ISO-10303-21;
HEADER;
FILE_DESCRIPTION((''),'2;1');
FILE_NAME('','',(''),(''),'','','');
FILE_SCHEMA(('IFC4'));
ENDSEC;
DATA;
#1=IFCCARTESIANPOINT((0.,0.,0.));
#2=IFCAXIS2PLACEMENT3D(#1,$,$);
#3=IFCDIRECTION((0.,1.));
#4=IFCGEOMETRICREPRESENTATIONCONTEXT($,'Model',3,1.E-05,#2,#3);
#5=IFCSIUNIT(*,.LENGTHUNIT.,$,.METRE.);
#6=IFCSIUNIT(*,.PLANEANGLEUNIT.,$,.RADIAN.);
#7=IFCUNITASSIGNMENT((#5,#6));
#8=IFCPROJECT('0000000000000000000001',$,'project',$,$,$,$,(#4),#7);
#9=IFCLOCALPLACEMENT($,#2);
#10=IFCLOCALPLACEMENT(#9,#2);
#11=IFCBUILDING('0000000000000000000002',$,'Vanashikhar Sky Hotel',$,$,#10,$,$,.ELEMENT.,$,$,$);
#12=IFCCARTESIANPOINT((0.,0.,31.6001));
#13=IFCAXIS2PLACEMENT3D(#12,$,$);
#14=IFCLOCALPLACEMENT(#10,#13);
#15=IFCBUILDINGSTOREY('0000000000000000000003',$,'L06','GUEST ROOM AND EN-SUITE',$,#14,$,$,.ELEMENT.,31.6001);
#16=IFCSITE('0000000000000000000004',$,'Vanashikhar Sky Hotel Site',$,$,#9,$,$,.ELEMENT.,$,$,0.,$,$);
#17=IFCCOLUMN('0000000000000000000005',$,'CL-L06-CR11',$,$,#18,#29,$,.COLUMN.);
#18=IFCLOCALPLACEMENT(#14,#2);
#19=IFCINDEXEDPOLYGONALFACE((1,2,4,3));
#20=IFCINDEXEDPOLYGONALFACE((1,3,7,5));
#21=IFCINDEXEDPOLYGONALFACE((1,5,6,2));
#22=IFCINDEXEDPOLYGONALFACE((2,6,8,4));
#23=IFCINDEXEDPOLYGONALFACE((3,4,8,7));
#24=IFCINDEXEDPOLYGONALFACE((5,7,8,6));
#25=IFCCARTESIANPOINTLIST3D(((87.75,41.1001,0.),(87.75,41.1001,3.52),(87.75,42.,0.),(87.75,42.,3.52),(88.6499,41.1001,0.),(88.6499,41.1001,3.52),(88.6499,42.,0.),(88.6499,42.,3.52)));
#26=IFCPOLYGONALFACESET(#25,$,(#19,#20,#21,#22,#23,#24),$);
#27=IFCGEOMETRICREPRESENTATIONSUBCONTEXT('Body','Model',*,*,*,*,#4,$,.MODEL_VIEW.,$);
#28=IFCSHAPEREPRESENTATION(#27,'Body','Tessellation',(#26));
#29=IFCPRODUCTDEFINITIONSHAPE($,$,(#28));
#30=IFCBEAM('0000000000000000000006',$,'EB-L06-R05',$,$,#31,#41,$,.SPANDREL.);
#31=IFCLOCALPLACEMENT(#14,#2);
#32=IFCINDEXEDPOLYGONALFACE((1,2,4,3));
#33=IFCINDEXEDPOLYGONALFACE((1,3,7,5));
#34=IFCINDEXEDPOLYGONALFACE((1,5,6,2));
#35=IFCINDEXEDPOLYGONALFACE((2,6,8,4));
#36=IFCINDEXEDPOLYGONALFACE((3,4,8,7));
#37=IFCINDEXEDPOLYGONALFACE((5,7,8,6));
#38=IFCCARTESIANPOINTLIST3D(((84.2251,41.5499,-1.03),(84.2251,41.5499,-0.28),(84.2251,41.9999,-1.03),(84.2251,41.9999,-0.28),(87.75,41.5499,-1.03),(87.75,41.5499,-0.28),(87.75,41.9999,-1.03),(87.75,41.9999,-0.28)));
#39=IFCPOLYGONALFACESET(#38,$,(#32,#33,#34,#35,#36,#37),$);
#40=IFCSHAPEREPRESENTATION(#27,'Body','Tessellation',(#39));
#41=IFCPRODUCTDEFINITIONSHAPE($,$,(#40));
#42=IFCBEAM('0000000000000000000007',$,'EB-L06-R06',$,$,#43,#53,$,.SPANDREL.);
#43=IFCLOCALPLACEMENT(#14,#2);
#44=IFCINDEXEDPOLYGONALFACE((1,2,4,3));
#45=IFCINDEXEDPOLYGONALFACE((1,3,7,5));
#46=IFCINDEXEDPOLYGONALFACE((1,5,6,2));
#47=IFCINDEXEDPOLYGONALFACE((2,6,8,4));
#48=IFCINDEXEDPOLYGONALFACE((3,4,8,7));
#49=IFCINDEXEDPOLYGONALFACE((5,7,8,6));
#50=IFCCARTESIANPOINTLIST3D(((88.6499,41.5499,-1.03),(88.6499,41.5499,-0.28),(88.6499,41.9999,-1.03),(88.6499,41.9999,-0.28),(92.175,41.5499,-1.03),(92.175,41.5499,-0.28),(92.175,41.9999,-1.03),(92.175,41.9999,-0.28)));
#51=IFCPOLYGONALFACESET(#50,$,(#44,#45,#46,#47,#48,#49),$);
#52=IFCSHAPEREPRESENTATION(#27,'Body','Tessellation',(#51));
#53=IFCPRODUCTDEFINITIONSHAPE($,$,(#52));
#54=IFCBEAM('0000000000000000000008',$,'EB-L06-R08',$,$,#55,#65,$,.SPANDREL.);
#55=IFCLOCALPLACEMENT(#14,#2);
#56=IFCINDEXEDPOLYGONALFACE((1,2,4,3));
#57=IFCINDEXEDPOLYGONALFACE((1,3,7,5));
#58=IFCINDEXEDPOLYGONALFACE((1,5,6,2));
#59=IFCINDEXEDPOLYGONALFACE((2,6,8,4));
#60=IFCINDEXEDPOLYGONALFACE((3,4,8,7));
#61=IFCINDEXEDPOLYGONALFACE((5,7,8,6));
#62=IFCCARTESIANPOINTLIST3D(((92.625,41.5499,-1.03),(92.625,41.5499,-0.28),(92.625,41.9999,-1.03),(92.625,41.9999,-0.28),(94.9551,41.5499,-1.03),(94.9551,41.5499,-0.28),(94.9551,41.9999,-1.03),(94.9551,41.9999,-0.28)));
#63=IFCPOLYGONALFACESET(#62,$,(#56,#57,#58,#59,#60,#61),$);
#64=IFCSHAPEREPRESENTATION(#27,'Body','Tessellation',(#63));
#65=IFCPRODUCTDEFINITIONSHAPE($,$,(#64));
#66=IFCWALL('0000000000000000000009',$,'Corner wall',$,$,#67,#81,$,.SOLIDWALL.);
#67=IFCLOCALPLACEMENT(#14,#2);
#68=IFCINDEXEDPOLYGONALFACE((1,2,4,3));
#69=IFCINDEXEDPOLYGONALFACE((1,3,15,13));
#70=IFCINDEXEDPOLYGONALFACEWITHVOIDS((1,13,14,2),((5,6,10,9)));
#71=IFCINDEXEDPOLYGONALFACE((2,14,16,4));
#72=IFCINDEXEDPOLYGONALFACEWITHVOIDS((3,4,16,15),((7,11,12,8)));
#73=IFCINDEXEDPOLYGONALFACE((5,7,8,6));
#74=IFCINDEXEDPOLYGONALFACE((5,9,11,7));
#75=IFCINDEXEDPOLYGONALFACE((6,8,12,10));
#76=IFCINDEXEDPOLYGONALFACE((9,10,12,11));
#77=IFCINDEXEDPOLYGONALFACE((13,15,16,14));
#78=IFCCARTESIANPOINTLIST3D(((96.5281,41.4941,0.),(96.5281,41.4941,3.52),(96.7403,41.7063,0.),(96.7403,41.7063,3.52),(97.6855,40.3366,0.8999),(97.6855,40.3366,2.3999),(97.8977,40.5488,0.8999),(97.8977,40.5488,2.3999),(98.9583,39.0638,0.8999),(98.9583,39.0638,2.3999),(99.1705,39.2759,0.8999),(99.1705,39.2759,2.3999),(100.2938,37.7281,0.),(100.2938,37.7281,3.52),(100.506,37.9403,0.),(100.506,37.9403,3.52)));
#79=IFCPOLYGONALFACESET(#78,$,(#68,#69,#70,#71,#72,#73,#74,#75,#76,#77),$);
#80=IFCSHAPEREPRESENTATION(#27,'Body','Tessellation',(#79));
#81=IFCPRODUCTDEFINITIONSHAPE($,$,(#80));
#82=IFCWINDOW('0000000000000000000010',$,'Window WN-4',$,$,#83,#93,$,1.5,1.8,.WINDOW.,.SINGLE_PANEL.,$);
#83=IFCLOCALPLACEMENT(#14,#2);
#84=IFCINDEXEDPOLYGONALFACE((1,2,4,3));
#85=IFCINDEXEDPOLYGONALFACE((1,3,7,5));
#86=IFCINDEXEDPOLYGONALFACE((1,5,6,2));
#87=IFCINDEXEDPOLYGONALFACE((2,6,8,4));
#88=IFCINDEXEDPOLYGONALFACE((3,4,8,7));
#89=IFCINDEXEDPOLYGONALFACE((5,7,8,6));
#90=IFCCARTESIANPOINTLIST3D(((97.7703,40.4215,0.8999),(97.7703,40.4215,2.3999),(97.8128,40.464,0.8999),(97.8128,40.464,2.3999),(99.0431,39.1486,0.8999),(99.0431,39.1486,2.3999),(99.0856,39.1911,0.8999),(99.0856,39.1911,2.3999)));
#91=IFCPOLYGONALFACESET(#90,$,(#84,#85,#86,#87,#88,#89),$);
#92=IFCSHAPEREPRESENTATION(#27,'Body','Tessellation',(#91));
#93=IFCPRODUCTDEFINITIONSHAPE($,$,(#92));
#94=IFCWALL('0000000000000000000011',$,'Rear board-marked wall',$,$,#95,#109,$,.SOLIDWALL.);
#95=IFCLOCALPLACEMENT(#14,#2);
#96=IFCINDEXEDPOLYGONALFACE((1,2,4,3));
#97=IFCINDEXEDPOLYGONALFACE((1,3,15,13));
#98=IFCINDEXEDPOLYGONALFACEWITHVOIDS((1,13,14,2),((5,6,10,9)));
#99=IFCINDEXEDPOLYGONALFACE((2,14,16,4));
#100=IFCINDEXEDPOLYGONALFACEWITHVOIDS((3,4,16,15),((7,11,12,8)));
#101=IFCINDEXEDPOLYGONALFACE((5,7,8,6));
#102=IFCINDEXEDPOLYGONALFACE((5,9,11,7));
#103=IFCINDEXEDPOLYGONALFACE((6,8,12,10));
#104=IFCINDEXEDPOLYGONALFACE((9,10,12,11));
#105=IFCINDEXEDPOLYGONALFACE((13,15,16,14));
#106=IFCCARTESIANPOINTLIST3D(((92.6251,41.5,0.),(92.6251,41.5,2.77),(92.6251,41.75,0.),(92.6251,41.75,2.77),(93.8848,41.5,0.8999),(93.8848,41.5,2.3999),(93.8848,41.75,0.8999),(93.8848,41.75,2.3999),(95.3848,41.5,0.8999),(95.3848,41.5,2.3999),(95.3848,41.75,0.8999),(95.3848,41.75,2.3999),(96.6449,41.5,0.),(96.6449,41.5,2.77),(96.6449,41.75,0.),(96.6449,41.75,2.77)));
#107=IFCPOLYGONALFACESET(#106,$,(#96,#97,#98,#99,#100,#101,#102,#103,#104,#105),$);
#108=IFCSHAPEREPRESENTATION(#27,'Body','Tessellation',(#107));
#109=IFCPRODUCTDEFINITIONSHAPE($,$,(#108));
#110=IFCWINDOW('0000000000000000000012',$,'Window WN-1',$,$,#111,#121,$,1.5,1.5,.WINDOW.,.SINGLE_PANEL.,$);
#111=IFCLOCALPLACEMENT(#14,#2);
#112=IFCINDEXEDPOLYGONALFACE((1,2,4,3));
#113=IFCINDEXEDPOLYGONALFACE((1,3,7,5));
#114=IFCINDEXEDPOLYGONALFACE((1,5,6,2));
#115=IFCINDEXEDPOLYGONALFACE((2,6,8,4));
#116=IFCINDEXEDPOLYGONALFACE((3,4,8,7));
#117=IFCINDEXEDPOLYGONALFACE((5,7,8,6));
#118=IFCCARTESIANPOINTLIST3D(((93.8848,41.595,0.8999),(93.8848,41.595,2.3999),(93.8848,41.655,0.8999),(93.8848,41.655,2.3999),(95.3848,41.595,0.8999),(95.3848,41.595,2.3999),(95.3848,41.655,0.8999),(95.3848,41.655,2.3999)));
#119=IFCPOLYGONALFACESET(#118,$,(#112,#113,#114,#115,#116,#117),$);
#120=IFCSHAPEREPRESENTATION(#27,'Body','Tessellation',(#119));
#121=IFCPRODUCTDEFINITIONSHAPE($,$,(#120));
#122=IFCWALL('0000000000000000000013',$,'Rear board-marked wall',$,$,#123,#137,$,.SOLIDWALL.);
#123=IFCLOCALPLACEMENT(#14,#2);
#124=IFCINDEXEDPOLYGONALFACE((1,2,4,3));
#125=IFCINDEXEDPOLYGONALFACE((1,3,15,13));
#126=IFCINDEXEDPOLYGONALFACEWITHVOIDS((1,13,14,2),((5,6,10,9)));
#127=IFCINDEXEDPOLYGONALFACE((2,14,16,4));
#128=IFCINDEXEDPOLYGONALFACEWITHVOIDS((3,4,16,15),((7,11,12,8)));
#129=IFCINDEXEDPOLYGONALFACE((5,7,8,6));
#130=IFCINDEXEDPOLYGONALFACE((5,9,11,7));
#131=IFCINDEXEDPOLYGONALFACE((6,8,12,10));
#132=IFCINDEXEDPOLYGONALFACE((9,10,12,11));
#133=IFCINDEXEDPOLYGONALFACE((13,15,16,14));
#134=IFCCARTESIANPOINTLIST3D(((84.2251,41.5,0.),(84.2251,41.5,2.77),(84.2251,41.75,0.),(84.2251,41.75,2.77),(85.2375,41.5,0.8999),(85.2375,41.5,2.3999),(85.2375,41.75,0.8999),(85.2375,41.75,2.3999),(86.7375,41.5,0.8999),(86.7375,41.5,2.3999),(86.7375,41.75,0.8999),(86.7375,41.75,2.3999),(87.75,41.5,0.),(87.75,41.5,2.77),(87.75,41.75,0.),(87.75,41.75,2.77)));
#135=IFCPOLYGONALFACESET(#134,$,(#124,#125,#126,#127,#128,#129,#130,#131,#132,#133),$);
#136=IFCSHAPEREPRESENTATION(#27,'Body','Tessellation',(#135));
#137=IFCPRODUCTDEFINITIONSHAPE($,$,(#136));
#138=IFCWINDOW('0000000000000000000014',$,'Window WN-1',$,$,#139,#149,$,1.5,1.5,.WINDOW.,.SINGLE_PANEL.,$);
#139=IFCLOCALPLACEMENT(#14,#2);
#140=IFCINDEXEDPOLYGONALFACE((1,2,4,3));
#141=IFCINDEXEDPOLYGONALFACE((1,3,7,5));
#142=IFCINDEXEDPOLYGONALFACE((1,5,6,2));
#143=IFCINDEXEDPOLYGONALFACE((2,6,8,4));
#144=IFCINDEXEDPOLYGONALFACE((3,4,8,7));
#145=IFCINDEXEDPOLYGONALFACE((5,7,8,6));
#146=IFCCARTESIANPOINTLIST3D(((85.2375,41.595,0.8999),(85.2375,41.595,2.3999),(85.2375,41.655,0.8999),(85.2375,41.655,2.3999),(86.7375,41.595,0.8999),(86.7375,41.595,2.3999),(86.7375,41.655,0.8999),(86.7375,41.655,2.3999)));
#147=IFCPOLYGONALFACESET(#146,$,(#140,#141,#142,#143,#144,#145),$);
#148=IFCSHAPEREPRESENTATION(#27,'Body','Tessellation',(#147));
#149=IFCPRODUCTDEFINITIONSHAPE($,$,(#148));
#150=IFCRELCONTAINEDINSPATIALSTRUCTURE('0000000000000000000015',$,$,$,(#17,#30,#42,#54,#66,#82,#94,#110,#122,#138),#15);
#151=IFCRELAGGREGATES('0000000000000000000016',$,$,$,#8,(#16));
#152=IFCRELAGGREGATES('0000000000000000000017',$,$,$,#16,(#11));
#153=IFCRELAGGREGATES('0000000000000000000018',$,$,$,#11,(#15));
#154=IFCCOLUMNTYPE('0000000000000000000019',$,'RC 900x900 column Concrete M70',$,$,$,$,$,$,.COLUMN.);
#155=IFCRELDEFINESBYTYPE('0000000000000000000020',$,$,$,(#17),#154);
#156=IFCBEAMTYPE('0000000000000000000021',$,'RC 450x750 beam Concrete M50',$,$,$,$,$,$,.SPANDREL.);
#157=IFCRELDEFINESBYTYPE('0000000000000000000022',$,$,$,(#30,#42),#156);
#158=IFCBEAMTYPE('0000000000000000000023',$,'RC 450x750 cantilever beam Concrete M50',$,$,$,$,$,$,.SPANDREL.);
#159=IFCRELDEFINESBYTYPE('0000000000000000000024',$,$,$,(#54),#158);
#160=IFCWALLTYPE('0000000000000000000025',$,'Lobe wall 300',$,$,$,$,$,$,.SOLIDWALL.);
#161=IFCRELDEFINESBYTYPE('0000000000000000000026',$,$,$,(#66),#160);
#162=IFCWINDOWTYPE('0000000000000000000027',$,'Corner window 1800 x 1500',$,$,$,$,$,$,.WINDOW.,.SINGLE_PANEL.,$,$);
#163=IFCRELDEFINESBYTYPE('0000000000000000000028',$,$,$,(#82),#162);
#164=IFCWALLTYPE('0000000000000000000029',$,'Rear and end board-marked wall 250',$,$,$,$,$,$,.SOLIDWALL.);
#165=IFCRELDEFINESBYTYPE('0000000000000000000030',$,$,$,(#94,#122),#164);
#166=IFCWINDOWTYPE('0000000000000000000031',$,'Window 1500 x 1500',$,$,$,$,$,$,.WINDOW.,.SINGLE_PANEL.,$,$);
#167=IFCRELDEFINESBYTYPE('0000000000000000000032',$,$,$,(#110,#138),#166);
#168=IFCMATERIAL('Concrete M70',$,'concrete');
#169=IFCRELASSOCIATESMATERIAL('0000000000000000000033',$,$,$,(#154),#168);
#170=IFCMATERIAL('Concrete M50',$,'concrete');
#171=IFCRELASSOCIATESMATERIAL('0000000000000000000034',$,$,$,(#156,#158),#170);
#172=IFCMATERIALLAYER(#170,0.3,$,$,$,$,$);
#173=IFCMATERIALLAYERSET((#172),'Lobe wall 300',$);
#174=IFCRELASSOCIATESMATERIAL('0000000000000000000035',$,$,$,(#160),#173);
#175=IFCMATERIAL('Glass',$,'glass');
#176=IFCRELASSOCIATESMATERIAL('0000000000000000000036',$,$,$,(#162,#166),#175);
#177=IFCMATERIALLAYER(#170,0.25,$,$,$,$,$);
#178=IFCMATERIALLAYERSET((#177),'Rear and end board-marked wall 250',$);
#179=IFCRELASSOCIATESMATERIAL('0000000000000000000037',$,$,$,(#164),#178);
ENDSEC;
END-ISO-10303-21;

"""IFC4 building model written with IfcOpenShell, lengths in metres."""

from ifc_helpers import new_model, si_unit, direction, frame, frame_2d, origin, origin_2d, place, context, subcontext, project, spatial, rectangle, extrude, source, transform, mapped, material, layer, layer_set, material_profile, profile_set, type_object, element, fill, save


model = new_model("IFC4")

# Units and contexts
model_context = context("Model", 3, precision=1e-05, world=origin(), true_north=direction((0.0, 1.0)))
body_context = subcontext(model_context, "Body", "Model", "MODEL_VIEW")
ifc_project = project(units=[si_unit("LENGTHUNIT", "METRE"), si_unit("PLANEANGLEUNIT", "RADIAN")], contexts=[model_context])

# Site, building, storey
site_placement = place(None, origin())
site = spatial("IfcSite", under=ifc_project, at=site_placement, Name="Vanashikhar Sky Hotel Site", CompositionType="ELEMENT", RefElevation=0.0)
building_placement = place(site_placement, origin())
building = spatial("IfcBuilding", under=site, at=building_placement, Name="Vanashikhar Sky Hotel", CompositionType="ELEMENT")
storey_placement = place(building_placement, frame((0.0, 0.0, 31.6001)))
storey = spatial("IfcBuildingStorey", under=building, at=storey_placement, Name="L06", Description="GUEST ROOM AND EN-SUITE", CompositionType="ELEMENT", Elevation=31.6001)

# Column
ifc_material_1 = material(Name="Concrete M70", Category="concrete")
ifc_material_profile_1 = material_profile(ifc_material_1, rectangle(XDim=0.8999, YDim=0.8999, at=origin_2d()))
ifc_profile_set_1 = profile_set([ifc_material_profile_1], Name="RC 900x900 column Concrete M70")
column_type = type_object("IfcColumnType", Name="RC 900x900 column Concrete M70", PredefinedType="COLUMN", material=ifc_profile_set_1)
shared_shape_1 = source(origin(), body_context, "Body", "SweptSolid", [
    extrude(rectangle(XDim=0.8999, YDim=0.8999, at=origin_2d()), origin(), (0.0, 0.0, 1.0), 3.52),
])
column_placement = place(storey_placement, frame((88.2, 41.55, 0.0), z_axis=(0.0, 0.0, 1.0), x_axis=(1.0, 0.0, 0.0)))
element("IfcColumn", 1, at=column_placement, inside=storey, type_object=column_type, Name="CL-L06-CR11", PredefinedType="COLUMN", context=body_context, shape_type="MappedRepresentation", body=[
    mapped(shared_shape_1, transform((0.0, 0.0, 0.0), scale=1.0)),
])

# Beams
ifc_material_2 = material(Name="Concrete M50", Category="concrete")
ifc_material_profile_2 = material_profile(ifc_material_2, rectangle(XDim=0.45, YDim=0.75, at=origin_2d()))
ifc_profile_set_2 = profile_set([ifc_material_profile_2], Name="RC 450x750 beam Concrete M50")
beam_type_1 = type_object("IfcBeamType", Name="RC 450x750 beam Concrete M50", PredefinedType="SPANDREL", material=ifc_profile_set_2)
shared_shape_2 = source(origin(), body_context, "Body", "SweptSolid", [
    extrude(rectangle(XDim=0.45, YDim=0.75, at=origin_2d()), origin(), (0.0, 0.0, 1.0), 3.5249),
])
beam_1_placement = place(storey_placement, frame((84.2251, 41.7749, -0.655), z_axis=(1.0, 0.0, 0.0), x_axis=(0.0, 1.0, 0.0)))
element("IfcBeam", 2, at=beam_1_placement, inside=storey, type_object=beam_type_1, Name="EB-L06-R05", PredefinedType="SPANDREL", context=body_context, shape_type="MappedRepresentation", body=[
    mapped(shared_shape_2, transform((0.0, 0.0, 0.0), scale=1.0)),
])
shared_shape_3 = source(origin(), body_context, "Body", "SweptSolid", [
    extrude(rectangle(XDim=0.45, YDim=0.75, at=origin_2d()), origin(), (0.0, 0.0, 1.0), 3.5251),
])
beam_2_placement = place(storey_placement, frame((88.6499, 41.7749, -0.655), z_axis=(1.0, 0.0, 0.0), x_axis=(0.0, 1.0, 0.0)))
element("IfcBeam", 3, at=beam_2_placement, inside=storey, type_object=beam_type_1, Name="EB-L06-R06", PredefinedType="SPANDREL", context=body_context, shape_type="MappedRepresentation", body=[
    mapped(shared_shape_3, transform((0.0, 0.0, 0.0), scale=1.0)),
])
ifc_material_profile_3 = material_profile(ifc_material_2, rectangle(XDim=0.45, YDim=0.75, at=origin_2d()))
ifc_profile_set_3 = profile_set([ifc_material_profile_3], Name="RC 450x750 cantilever beam Concrete M50")
beam_type_2 = type_object("IfcBeamType", Name="RC 450x750 cantilever beam Concrete M50", PredefinedType="SPANDREL", material=ifc_profile_set_3)
shared_shape_4 = source(origin(), body_context, "Body", "SweptSolid", [
    extrude(rectangle(XDim=0.45, YDim=0.75, at=origin_2d()), origin(), (0.0, 0.0, 1.0), 2.3301),
])
beam_3_placement = place(storey_placement, frame((92.625, 41.7749, -0.655), z_axis=(1.0, 0.0, 0.0), x_axis=(0.0, 1.0, 0.0)))
element("IfcBeam", 4, at=beam_3_placement, inside=storey, type_object=beam_type_2, Name="EB-L06-R08", PredefinedType="SPANDREL", context=body_context, shape_type="MappedRepresentation", body=[
    mapped(shared_shape_4, transform((0.0, 0.0, 0.0), scale=1.0)),
])

# Walls, openings, windows
ifc_layer_1 = layer(ifc_material_2, 0.3)
ifc_layer_set_1 = layer_set([ifc_layer_1], Name="Lobe wall 300")
wall_type_1 = type_object("IfcWallType", Name="Lobe wall 300", PredefinedType="SOLIDWALL", material=ifc_layer_set_1)
shared_shape_5 = source(origin(), body_context, "Body", "SweptSolid", [
    extrude(rectangle(XDim=5.3257, YDim=0.3, at=frame_2d((2.6628, 0.0))), origin(), (0.0, 0.0, 1.0), 3.52),
])
wall_1_placement = place(storey_placement, frame((100.3999, 37.8342, 0.0), z_axis=(0.0, 0.0, 1.0), x_axis=(-0.707084, 0.70713, 0.0)))
wall_1 = element("IfcWall", 5, at=wall_1_placement, inside=storey, type_object=wall_type_1, Name="Corner wall", PredefinedType="SOLIDWALL", context=body_context, shape_type="MappedRepresentation", body=[
    mapped(shared_shape_5, transform((0.0, 0.0, 0.0), scale=1.0)),
])
shared_shape_6 = source(origin(), body_context, "Body", "SweptSolid", [
    extrude(rectangle(XDim=1.8, YDim=1.5, at=frame_2d((0.8999, 0.75))), frame((0.0, 0.1602, 0.0), z_axis=(0.0, -1.0, 0.0), x_axis=(1.0, 0.0, 0.0)), (0.0, 0.0, 1.0), 0.3201),
])
opening_1_placement = place(wall_1_placement, frame((1.8889, 0.0, 0.8999)))
opening_1 = element("IfcOpeningElement", 6, at=opening_1_placement, cuts=wall_1, PredefinedType="OPENING", context=body_context, shape_type="MappedRepresentation", body=[
    mapped(shared_shape_6, transform((0.0, 0.0, 0.0), scale=1.0)),
])
ifc_material_3 = material(Name="Glass", Category="glass")
window_type_1 = type_object("IfcWindowType", Name="Corner window 1800 x 1500", PartitioningType="SINGLE_PANEL", PredefinedType="WINDOW", material=ifc_material_3)
shared_shape_7 = source(origin(), body_context, "Body", "SweptSolid", [
    extrude(rectangle(XDim=1.8, YDim=1.5, at=frame_2d((0.8999, 0.75))), frame((0.0, 0.03, 0.0), z_axis=(0.0, -1.0, 0.0), x_axis=(1.0, 0.0, 0.0)), (0.0, 0.0, 1.0), 0.0601),
])
window_1_placement = place(opening_1_placement, origin())
window_1 = element("IfcWindow", 7, at=window_1_placement, inside=storey, type_object=window_type_1, Name="Window WN-4", OverallHeight=1.5, OverallWidth=1.8, PartitioningType="SINGLE_PANEL", PredefinedType="WINDOW", context=body_context, shape_type="MappedRepresentation", body=[
    mapped(shared_shape_7, transform((0.0, 0.0, 0.0), scale=1.0)),
])
fill(opening_1, window_1)
ifc_layer_2 = layer(ifc_material_2, 0.25)
ifc_layer_set_2 = layer_set([ifc_layer_2], Name="Rear and end board-marked wall 250")
wall_type_2 = type_object("IfcWallType", Name="Rear and end board-marked wall 250", PredefinedType="SOLIDWALL", material=ifc_layer_set_2)
shared_shape_8 = source(origin(), body_context, "Body", "SweptSolid", [
    extrude(rectangle(XDim=4.0198, YDim=0.25, at=frame_2d((2.0098, 0.0))), origin(), (0.0, 0.0, 1.0), 2.77),
])
wall_2_placement = place(storey_placement, frame((96.6448, 41.625, 0.0), z_axis=(0.0, 0.0, 1.0), x_axis=(-1.0, 0.0, 0.0)))
wall_2 = element("IfcWall", 8, at=wall_2_placement, inside=storey, type_object=wall_type_2, Name="Rear board-marked wall", PredefinedType="SOLIDWALL", context=body_context, shape_type="MappedRepresentation", body=[
    mapped(shared_shape_8, transform((0.0, 0.0, 0.0), scale=1.0)),
])
shared_shape_9 = source(origin(), body_context, "Body", "SweptSolid", [
    extrude(rectangle(XDim=1.5, YDim=1.5, at=frame_2d((0.75, 0.75))), frame((0.0, 0.135, 0.0), z_axis=(0.0, -1.0, 0.0), x_axis=(1.0, 0.0, 0.0)), (0.0, 0.0, 1.0), 0.27),
])
opening_2_placement = place(wall_2_placement, frame((1.26, 0.0, 0.8999)))
opening_2 = element("IfcOpeningElement", 9, at=opening_2_placement, cuts=wall_2, PredefinedType="OPENING", context=body_context, shape_type="MappedRepresentation", body=[
    mapped(shared_shape_9, transform((0.0, 0.0, 0.0), scale=1.0)),
])
window_type_2 = type_object("IfcWindowType", Name="Window 1500 x 1500", PartitioningType="SINGLE_PANEL", PredefinedType="WINDOW", material=ifc_material_3)
shared_shape_10 = source(origin(), body_context, "Body", "SweptSolid", [
    extrude(rectangle(XDim=1.5, YDim=1.5, at=frame_2d((0.75, 0.75))), frame((0.0, 0.03, 0.0), z_axis=(0.0, -1.0, 0.0), x_axis=(1.0, 0.0, 0.0)), (0.0, 0.0, 1.0), 0.0601),
])
window_2_placement = place(opening_2_placement, origin())
window_2 = element("IfcWindow", 10, at=window_2_placement, inside=storey, type_object=window_type_2, Name="Window WN-1", OverallHeight=1.5, OverallWidth=1.5, PartitioningType="SINGLE_PANEL", PredefinedType="WINDOW", context=body_context, shape_type="MappedRepresentation", body=[
    mapped(shared_shape_10, transform((0.0, 0.0, 0.0), scale=1.0)),
])
fill(opening_2, window_2)
shared_shape_11 = source(origin(), body_context, "Body", "SweptSolid", [
    extrude(rectangle(XDim=3.5249, YDim=0.25, at=frame_2d((1.7625, 0.0))), origin(), (0.0, 0.0, 1.0), 2.77),
])
wall_3_placement = place(storey_placement, frame((87.75, 41.625, 0.0), z_axis=(0.0, 0.0, 1.0), x_axis=(-1.0, 0.0, 0.0)))
wall_3 = element("IfcWall", 11, at=wall_3_placement, inside=storey, type_object=wall_type_2, Name="Rear board-marked wall", PredefinedType="SOLIDWALL", context=body_context, shape_type="MappedRepresentation", body=[
    mapped(shared_shape_11, transform((0.0, 0.0, 0.0), scale=1.0)),
])
opening_3_placement = place(wall_3_placement, frame((1.0125, 0.0, 0.8999)))
opening_3 = element("IfcOpeningElement", 12, at=opening_3_placement, cuts=wall_3, PredefinedType="OPENING", context=body_context, shape_type="MappedRepresentation", body=[
    mapped(shared_shape_9, transform((0.0, 0.0, 0.0), scale=1.0)),
])
window_3_placement = place(opening_3_placement, origin())
window_3 = element("IfcWindow", 13, at=window_3_placement, inside=storey, type_object=window_type_2, Name="Window WN-1", OverallHeight=1.5, OverallWidth=1.5, PartitioningType="SINGLE_PANEL", PredefinedType="WINDOW", context=body_context, shape_type="MappedRepresentation", body=[
    mapped(shared_shape_10, transform((0.0, 0.0, 0.0), scale=1.0)),
])
fill(opening_3, window_3)

save(model, "model.ifc")
